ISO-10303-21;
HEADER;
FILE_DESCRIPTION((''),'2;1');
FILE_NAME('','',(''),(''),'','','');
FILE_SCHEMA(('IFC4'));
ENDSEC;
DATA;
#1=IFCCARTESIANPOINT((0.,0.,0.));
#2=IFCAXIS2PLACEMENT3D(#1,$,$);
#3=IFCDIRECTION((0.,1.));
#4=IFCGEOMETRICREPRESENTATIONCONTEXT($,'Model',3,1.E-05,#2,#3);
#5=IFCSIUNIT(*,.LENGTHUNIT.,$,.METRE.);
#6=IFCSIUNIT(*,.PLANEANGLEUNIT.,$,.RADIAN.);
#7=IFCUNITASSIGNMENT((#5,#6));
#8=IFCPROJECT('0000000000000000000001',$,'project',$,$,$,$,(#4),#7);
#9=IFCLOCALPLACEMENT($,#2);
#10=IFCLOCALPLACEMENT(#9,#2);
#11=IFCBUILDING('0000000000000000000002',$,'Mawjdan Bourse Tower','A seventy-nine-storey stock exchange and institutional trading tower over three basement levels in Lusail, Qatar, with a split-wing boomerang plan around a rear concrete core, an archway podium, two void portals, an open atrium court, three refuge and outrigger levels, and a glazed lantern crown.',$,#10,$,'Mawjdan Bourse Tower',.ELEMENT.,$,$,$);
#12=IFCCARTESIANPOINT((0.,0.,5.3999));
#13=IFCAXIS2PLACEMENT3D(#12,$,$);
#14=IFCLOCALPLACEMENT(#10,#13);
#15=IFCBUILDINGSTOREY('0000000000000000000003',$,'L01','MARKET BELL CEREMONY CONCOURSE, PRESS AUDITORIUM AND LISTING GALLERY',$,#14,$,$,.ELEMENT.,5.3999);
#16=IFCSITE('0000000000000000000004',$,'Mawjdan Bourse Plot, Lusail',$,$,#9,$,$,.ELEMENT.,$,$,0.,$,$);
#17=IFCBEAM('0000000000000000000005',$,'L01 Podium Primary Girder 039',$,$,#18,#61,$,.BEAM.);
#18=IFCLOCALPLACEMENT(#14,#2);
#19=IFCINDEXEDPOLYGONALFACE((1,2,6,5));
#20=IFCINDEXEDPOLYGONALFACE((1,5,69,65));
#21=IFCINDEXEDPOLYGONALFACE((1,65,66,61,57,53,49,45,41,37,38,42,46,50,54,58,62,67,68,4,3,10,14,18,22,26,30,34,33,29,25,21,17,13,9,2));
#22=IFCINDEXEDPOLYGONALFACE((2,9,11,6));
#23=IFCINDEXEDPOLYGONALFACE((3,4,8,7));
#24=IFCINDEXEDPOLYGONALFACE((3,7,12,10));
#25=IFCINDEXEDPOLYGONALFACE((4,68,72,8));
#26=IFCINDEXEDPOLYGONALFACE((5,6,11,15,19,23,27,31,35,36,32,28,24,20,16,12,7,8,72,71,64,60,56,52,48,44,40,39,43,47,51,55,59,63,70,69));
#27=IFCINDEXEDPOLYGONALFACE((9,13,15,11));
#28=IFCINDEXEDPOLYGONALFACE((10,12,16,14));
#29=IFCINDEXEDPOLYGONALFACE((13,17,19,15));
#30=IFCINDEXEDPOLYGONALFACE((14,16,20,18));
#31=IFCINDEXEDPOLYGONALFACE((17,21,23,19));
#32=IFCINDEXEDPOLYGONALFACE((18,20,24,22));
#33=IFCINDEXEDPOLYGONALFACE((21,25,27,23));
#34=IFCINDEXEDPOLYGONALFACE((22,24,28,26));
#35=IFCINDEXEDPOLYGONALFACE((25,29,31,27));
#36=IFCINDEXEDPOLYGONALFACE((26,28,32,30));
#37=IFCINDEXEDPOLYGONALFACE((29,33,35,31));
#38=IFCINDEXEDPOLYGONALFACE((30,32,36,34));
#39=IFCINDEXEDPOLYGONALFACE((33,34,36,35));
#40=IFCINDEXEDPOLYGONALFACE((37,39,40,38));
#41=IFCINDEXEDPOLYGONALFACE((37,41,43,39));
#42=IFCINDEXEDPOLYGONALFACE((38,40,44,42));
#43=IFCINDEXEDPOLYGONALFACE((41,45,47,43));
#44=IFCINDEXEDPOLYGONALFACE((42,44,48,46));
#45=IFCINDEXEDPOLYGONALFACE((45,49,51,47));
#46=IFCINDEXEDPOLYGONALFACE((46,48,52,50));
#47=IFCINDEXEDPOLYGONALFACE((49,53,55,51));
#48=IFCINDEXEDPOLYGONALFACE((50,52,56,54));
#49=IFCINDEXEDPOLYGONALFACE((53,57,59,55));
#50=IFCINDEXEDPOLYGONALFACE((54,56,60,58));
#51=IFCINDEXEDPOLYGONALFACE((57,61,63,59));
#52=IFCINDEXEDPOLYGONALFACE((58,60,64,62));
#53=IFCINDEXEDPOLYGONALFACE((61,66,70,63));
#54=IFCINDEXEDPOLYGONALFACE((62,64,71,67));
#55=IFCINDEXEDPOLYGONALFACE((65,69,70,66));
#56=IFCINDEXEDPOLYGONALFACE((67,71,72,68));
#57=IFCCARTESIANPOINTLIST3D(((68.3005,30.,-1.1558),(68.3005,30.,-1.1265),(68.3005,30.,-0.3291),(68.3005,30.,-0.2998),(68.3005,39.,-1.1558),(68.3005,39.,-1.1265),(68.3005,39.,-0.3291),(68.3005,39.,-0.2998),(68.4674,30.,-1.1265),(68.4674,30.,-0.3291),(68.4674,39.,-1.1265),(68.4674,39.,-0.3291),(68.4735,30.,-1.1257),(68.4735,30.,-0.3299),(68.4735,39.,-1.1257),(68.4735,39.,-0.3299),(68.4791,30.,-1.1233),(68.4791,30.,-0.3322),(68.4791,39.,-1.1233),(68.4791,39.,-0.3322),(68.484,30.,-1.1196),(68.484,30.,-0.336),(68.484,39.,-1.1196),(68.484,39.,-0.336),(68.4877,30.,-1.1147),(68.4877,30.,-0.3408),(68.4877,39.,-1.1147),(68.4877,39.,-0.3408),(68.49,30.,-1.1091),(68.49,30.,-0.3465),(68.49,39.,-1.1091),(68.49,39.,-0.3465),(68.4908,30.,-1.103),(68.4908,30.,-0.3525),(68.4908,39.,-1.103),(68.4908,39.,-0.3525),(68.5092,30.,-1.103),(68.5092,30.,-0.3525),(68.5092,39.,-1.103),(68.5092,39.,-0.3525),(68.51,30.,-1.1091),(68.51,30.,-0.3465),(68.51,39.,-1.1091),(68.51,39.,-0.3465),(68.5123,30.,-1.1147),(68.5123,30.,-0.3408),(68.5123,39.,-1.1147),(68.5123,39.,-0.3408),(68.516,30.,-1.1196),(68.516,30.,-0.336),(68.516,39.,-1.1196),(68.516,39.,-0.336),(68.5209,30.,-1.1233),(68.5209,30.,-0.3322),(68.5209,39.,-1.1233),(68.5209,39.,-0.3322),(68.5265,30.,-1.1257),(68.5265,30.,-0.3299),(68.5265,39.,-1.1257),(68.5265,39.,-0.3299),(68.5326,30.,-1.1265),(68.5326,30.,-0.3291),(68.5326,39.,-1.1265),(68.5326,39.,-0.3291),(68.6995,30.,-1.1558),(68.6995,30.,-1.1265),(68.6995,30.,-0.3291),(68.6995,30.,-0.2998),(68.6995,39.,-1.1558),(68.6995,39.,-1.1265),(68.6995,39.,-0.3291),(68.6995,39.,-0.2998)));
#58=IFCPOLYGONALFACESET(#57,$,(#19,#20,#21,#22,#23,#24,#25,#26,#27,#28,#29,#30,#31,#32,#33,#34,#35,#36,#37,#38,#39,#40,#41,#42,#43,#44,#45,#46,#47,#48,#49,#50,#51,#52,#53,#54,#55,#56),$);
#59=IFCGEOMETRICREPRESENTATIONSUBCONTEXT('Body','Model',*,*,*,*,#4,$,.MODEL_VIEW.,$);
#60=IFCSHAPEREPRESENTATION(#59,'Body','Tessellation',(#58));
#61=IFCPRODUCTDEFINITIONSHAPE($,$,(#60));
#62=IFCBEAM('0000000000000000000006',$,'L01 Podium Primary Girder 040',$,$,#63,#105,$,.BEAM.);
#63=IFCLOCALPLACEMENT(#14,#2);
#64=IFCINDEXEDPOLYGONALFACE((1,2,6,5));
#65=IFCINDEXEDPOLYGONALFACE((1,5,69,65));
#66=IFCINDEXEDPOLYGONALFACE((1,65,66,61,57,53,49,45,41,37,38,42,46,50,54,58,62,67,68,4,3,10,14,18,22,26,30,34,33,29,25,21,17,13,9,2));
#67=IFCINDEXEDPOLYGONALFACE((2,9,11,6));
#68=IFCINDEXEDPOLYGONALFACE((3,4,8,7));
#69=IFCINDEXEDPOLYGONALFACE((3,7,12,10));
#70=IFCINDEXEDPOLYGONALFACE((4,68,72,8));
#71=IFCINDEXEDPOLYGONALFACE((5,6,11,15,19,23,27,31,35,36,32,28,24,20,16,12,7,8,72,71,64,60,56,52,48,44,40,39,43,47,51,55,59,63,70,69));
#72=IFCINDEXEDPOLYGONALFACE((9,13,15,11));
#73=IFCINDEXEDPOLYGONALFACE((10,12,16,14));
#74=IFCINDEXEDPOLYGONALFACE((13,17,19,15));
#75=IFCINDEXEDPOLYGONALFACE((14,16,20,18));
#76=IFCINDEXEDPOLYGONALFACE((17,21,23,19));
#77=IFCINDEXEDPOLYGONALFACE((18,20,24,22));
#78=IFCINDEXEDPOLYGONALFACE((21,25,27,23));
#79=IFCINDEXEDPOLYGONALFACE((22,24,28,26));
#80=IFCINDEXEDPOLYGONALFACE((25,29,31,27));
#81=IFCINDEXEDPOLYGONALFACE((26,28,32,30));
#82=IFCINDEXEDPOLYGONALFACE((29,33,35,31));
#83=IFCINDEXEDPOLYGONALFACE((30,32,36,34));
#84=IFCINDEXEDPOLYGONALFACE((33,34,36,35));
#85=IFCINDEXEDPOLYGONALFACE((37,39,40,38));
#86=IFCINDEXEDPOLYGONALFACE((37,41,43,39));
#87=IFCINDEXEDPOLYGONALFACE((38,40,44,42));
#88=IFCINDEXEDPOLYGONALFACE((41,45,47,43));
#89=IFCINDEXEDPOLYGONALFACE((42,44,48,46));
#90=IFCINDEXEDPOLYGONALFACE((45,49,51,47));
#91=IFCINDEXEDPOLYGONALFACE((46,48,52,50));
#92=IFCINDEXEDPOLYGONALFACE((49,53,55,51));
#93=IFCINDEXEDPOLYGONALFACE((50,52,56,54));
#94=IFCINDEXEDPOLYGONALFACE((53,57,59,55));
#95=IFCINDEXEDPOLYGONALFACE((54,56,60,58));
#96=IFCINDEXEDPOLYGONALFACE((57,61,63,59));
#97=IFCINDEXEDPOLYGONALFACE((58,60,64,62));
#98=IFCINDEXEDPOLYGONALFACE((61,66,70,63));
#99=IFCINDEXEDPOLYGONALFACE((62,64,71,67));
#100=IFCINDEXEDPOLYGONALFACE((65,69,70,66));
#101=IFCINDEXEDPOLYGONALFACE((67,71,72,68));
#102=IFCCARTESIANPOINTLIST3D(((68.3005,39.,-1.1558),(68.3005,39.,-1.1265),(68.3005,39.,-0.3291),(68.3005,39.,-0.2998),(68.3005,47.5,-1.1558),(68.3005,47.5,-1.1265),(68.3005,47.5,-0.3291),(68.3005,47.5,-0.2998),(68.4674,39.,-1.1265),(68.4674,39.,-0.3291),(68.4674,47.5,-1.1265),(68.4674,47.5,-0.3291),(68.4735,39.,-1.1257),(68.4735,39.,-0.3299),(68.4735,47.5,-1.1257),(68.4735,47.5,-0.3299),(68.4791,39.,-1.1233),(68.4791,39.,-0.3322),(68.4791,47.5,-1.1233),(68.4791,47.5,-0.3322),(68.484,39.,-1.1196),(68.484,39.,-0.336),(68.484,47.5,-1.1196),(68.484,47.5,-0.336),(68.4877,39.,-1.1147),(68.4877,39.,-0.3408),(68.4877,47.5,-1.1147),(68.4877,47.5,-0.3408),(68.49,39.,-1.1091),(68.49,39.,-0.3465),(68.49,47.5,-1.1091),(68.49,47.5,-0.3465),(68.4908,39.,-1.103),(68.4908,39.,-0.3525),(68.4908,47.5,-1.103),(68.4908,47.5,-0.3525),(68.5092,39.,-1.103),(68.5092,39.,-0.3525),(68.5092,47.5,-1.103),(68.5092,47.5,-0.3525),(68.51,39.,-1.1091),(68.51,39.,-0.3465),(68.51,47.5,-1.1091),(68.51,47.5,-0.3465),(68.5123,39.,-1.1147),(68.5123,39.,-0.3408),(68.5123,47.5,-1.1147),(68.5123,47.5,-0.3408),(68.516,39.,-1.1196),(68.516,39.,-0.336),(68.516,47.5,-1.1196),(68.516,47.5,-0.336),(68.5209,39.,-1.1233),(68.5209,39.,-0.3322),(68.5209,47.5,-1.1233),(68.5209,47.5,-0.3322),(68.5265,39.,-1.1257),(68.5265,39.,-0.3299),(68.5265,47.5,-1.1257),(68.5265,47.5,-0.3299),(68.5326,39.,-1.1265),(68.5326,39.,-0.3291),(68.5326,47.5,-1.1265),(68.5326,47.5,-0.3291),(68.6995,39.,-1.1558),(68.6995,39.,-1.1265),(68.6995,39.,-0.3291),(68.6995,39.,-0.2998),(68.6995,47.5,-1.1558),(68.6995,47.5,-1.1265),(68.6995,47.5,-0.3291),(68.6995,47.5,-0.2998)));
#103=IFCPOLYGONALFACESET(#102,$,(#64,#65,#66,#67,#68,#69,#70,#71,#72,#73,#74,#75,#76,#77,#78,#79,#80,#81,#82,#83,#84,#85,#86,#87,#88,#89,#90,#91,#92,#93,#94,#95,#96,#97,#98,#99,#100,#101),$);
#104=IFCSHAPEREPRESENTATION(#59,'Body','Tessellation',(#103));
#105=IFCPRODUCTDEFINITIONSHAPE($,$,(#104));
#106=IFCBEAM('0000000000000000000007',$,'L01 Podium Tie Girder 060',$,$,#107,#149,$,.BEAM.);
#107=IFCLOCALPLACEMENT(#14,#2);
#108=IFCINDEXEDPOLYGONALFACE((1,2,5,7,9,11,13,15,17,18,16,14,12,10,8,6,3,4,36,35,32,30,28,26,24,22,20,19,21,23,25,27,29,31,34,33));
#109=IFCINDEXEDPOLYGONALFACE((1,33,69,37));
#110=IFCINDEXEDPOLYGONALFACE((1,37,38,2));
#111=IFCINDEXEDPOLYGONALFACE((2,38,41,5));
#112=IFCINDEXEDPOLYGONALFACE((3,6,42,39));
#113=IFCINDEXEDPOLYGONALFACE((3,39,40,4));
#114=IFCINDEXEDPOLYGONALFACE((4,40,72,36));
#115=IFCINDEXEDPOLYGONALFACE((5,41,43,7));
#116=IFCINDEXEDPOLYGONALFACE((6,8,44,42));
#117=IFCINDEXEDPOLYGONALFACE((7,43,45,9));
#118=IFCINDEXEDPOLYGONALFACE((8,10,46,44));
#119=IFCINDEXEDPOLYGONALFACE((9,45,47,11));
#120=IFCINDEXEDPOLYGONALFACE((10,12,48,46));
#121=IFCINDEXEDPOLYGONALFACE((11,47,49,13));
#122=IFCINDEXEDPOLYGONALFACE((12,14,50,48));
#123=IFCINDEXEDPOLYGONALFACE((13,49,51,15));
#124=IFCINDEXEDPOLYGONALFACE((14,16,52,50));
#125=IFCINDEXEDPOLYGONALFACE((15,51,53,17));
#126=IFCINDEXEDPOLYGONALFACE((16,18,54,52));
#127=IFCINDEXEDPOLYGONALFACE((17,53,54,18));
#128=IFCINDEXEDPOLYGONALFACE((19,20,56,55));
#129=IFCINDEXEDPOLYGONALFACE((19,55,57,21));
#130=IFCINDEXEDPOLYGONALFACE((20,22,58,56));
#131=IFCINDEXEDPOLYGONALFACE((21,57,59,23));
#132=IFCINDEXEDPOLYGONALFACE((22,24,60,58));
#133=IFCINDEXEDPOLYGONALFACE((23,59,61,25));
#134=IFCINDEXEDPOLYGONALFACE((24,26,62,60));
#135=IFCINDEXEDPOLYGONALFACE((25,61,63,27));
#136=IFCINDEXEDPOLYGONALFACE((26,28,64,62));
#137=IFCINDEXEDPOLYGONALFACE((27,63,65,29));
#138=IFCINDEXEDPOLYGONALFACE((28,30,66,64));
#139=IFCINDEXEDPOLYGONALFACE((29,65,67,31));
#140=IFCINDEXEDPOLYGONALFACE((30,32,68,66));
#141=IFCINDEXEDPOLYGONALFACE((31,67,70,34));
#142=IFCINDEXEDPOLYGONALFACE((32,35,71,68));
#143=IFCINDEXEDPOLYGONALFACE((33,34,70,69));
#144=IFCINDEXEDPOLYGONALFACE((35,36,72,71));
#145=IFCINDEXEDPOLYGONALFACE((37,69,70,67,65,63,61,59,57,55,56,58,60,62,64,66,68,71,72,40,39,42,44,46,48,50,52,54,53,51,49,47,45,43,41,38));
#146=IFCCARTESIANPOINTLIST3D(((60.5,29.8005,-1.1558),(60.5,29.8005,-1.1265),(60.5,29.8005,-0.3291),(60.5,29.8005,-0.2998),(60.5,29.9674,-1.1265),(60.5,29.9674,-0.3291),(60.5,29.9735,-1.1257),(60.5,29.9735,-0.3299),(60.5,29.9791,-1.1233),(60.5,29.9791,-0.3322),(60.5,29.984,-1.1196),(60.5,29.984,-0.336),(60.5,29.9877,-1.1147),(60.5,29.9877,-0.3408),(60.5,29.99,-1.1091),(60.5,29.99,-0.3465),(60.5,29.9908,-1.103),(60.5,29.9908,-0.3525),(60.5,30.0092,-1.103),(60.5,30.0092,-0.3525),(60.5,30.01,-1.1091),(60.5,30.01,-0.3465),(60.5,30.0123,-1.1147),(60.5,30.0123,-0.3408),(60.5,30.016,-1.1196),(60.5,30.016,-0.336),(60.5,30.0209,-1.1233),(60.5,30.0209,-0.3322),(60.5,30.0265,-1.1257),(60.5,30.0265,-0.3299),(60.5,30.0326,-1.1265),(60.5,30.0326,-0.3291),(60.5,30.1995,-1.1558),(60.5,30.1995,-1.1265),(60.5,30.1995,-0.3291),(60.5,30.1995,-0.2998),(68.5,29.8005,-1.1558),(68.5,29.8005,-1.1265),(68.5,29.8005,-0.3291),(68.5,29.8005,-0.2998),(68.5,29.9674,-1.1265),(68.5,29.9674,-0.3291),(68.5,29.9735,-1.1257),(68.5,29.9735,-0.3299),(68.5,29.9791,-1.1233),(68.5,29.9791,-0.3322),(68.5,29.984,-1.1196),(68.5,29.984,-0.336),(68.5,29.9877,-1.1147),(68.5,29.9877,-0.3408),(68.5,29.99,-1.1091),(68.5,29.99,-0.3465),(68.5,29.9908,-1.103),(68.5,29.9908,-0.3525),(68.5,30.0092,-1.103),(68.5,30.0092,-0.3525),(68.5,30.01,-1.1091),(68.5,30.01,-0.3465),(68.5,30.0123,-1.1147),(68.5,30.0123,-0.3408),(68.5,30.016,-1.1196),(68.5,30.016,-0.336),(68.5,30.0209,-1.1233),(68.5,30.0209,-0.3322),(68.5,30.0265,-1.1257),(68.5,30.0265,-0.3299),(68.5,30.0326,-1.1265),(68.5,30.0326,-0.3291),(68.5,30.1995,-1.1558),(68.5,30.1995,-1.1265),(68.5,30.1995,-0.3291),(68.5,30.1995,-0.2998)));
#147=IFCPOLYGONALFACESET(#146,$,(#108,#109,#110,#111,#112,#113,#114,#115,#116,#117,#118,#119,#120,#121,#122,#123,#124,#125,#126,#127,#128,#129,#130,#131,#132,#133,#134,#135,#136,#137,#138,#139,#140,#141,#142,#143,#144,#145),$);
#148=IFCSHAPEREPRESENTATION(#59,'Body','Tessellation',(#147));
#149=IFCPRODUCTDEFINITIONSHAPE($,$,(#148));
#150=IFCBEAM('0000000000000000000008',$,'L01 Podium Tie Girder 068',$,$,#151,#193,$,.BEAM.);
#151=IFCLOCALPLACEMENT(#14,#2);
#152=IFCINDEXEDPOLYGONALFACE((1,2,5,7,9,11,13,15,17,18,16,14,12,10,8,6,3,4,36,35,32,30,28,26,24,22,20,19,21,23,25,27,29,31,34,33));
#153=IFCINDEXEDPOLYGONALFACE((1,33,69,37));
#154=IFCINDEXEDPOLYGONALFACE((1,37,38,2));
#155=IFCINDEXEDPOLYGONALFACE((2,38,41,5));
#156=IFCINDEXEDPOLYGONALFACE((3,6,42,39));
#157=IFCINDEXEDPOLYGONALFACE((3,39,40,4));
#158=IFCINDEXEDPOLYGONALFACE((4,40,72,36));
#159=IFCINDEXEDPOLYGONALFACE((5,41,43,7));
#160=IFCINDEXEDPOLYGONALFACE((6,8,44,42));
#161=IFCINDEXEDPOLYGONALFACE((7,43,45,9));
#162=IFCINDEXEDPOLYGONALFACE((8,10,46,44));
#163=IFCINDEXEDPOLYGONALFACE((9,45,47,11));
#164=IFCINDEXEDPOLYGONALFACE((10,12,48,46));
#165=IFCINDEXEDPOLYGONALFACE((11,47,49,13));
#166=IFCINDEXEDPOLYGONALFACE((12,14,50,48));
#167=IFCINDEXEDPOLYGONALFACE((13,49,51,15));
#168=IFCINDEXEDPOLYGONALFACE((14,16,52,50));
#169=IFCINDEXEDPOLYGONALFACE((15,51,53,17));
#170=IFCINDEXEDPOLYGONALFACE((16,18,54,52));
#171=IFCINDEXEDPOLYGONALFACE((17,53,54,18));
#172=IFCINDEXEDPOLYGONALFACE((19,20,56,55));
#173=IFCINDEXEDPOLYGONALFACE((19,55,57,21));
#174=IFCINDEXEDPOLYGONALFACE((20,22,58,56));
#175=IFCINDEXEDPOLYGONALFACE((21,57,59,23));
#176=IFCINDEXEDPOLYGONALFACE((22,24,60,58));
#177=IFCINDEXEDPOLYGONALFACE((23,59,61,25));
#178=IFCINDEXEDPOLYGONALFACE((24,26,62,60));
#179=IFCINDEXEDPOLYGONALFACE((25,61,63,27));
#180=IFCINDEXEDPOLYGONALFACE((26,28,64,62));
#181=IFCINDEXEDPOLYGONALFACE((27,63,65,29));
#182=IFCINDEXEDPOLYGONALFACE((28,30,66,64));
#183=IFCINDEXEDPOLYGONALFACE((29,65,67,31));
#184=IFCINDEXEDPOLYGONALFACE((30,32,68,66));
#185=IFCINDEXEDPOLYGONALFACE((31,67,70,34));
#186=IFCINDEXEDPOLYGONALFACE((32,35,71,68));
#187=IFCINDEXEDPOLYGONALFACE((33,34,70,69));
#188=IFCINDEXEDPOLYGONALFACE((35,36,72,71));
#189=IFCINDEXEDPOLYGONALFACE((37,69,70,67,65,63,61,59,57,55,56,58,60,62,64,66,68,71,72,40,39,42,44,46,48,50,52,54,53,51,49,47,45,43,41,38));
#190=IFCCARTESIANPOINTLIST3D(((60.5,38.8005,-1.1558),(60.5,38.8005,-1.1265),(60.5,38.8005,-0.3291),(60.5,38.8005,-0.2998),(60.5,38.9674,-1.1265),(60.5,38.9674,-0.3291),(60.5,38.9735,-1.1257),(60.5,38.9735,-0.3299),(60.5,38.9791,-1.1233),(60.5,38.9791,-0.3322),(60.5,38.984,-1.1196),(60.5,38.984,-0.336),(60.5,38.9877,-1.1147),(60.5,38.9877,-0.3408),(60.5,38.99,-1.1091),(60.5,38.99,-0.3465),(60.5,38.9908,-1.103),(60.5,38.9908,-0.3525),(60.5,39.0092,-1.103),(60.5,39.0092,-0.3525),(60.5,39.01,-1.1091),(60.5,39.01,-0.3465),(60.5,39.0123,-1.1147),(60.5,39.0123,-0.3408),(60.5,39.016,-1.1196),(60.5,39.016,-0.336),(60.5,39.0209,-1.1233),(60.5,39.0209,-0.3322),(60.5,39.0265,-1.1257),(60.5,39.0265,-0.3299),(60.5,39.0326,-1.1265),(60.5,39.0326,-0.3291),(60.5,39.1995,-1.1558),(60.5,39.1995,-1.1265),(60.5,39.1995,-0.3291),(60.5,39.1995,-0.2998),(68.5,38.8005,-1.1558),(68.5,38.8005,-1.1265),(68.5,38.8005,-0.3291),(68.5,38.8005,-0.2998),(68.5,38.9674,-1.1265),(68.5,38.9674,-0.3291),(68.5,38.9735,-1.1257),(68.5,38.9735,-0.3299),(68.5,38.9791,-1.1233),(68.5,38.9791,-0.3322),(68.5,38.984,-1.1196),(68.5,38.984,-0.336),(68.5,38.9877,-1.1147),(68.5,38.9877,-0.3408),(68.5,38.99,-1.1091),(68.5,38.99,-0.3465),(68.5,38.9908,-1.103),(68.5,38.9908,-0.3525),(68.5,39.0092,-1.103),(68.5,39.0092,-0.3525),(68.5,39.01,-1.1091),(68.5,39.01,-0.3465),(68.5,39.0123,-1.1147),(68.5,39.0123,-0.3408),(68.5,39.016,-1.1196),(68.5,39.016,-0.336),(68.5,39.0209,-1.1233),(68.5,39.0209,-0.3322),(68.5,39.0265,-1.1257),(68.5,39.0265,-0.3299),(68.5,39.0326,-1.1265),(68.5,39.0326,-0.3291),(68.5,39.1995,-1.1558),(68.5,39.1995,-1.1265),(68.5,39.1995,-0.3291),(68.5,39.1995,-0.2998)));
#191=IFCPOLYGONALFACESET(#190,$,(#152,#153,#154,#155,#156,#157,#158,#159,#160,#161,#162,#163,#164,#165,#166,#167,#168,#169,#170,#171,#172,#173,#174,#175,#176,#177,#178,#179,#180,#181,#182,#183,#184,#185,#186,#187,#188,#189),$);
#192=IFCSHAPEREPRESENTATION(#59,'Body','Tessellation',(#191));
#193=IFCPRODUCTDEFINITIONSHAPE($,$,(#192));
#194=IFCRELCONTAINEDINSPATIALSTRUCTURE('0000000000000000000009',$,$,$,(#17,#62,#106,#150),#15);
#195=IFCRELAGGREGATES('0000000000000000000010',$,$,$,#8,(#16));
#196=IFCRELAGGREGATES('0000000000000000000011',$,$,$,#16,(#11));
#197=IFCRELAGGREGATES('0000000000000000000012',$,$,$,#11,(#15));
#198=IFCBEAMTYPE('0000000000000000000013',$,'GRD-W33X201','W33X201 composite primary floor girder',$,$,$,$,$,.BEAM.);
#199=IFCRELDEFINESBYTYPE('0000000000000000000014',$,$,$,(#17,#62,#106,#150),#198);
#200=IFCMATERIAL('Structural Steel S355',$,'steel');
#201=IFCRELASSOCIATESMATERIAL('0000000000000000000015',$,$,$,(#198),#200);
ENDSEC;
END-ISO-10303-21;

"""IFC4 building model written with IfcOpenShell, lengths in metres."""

from ifc_helpers import new_model, si_unit, direction, frame, origin, origin_2d, place, context, subcontext, project, spatial, i_section, extrude, material, material_profile, profile_set, type_object, element, save


model = new_model("IFC4")

# Units and contexts
model_context = context("Model", 3, precision=1e-05, world=origin(), true_north=direction((0.0, 1.0)))
body_context = subcontext(model_context, "Body", "Model", "MODEL_VIEW")
ifc_project = project(units=[si_unit("LENGTHUNIT", "METRE"), si_unit("PLANEANGLEUNIT", "RADIAN")], contexts=[model_context])

# Site, building, storey
site_placement = place(None, origin())
site = spatial("IfcSite", under=ifc_project, at=site_placement, Name="Mawjdan Bourse Plot, Lusail", CompositionType="ELEMENT", RefElevation=0.0)
building_placement = place(site_placement, origin())
building = spatial("IfcBuilding", under=site, at=building_placement, Name="Mawjdan Bourse Tower", Description="A seventy-nine-storey stock exchange and institutional trading tower over three basement levels in Lusail, Qatar, with a split-wing boomerang plan around a rear concrete core, an archway podium, two void portals, an open atrium court, three refuge and outrigger levels, and a glazed lantern crown.", LongName="Mawjdan Bourse Tower", CompositionType="ELEMENT")
storey_placement = place(building_placement, frame((0.0, 0.0, 5.3999)))
storey = spatial("IfcBuildingStorey", under=building, at=storey_placement, Name="L01", Description="MARKET BELL CEREMONY CONCOURSE, PRESS AUDITORIUM AND LISTING GALLERY", CompositionType="ELEMENT", Elevation=5.3999)

# Beams
ifc_material_1 = material(Name="Structural Steel S355", Category="steel")
ifc_material_profile_1 = material_profile(ifc_material_1, i_section(OverallWidth=0.3989, OverallDepth=0.856, WebThickness=0.0183, FlangeThickness=0.0293, FilletRadius=0.0234, at=origin_2d()), Name="W33X201")
ifc_profile_set_1 = profile_set([ifc_material_profile_1], Name="Structural Steel S355")
beam_type_1 = type_object("IfcBeamType", Name="GRD-W33X201", Description="W33X201 composite primary floor girder", PredefinedType="BEAM", material=ifc_profile_set_1)
beam_1_placement = place(storey_placement, frame((68.5, 30.0, -0.7278), z_axis=(0.0, 1.0, 0.0), x_axis=(-1.0, 0.0, 0.0)))
element("IfcBeam", 1, at=beam_1_placement, inside=storey, type_object=beam_type_1, Name="L01 Podium Primary Girder 039", PredefinedType="BEAM", context=body_context, shape_type="SweptSolid", body=[
    extrude(i_section(OverallWidth=0.3989, OverallDepth=0.856, WebThickness=0.0183, FlangeThickness=0.0293, FilletRadius=0.0234, at=origin_2d()), origin(), (0.0, 0.0, 1.0), 9.0),
])
beam_2_placement = place(storey_placement, frame((68.5, 39.0, -0.7278), z_axis=(0.0, 1.0, 0.0), x_axis=(-1.0, 0.0, 0.0)))
element("IfcBeam", 2, at=beam_2_placement, inside=storey, type_object=beam_type_1, Name="L01 Podium Primary Girder 040", PredefinedType="BEAM", context=body_context, shape_type="SweptSolid", body=[
    extrude(i_section(OverallWidth=0.3989, OverallDepth=0.856, WebThickness=0.0183, FlangeThickness=0.0293, FilletRadius=0.0234, at=origin_2d()), origin(), (0.0, 0.0, 1.0), 8.5),
])
for number, where, z_axis, x_axis, name in (
    (3, (60.5, 30.0, -0.7278), (1.0, 0.0, 0.0), (0.0, 1.0, 0.0), "L01 Podium Tie Girder 060"),
    (4, (60.5, 39.0, -0.7278), (1.0, 0.0, 0.0), (0.0, 1.0, 0.0), "L01 Podium Tie Girder 068"),
):
    element("IfcBeam", number, at=place(storey_placement, frame(where, z_axis=z_axis, x_axis=x_axis)), inside=storey, type_object=beam_type_1, Name=name, PredefinedType="BEAM", context=body_context, shape_type="SweptSolid", body=[
        extrude(i_section(OverallWidth=0.3989, OverallDepth=0.856, WebThickness=0.0183, FlangeThickness=0.0293, FilletRadius=0.0234, at=origin_2d()), origin(), (0.0, 0.0, 1.0), 8.0),
    ])

save(model, "model.ifc")
